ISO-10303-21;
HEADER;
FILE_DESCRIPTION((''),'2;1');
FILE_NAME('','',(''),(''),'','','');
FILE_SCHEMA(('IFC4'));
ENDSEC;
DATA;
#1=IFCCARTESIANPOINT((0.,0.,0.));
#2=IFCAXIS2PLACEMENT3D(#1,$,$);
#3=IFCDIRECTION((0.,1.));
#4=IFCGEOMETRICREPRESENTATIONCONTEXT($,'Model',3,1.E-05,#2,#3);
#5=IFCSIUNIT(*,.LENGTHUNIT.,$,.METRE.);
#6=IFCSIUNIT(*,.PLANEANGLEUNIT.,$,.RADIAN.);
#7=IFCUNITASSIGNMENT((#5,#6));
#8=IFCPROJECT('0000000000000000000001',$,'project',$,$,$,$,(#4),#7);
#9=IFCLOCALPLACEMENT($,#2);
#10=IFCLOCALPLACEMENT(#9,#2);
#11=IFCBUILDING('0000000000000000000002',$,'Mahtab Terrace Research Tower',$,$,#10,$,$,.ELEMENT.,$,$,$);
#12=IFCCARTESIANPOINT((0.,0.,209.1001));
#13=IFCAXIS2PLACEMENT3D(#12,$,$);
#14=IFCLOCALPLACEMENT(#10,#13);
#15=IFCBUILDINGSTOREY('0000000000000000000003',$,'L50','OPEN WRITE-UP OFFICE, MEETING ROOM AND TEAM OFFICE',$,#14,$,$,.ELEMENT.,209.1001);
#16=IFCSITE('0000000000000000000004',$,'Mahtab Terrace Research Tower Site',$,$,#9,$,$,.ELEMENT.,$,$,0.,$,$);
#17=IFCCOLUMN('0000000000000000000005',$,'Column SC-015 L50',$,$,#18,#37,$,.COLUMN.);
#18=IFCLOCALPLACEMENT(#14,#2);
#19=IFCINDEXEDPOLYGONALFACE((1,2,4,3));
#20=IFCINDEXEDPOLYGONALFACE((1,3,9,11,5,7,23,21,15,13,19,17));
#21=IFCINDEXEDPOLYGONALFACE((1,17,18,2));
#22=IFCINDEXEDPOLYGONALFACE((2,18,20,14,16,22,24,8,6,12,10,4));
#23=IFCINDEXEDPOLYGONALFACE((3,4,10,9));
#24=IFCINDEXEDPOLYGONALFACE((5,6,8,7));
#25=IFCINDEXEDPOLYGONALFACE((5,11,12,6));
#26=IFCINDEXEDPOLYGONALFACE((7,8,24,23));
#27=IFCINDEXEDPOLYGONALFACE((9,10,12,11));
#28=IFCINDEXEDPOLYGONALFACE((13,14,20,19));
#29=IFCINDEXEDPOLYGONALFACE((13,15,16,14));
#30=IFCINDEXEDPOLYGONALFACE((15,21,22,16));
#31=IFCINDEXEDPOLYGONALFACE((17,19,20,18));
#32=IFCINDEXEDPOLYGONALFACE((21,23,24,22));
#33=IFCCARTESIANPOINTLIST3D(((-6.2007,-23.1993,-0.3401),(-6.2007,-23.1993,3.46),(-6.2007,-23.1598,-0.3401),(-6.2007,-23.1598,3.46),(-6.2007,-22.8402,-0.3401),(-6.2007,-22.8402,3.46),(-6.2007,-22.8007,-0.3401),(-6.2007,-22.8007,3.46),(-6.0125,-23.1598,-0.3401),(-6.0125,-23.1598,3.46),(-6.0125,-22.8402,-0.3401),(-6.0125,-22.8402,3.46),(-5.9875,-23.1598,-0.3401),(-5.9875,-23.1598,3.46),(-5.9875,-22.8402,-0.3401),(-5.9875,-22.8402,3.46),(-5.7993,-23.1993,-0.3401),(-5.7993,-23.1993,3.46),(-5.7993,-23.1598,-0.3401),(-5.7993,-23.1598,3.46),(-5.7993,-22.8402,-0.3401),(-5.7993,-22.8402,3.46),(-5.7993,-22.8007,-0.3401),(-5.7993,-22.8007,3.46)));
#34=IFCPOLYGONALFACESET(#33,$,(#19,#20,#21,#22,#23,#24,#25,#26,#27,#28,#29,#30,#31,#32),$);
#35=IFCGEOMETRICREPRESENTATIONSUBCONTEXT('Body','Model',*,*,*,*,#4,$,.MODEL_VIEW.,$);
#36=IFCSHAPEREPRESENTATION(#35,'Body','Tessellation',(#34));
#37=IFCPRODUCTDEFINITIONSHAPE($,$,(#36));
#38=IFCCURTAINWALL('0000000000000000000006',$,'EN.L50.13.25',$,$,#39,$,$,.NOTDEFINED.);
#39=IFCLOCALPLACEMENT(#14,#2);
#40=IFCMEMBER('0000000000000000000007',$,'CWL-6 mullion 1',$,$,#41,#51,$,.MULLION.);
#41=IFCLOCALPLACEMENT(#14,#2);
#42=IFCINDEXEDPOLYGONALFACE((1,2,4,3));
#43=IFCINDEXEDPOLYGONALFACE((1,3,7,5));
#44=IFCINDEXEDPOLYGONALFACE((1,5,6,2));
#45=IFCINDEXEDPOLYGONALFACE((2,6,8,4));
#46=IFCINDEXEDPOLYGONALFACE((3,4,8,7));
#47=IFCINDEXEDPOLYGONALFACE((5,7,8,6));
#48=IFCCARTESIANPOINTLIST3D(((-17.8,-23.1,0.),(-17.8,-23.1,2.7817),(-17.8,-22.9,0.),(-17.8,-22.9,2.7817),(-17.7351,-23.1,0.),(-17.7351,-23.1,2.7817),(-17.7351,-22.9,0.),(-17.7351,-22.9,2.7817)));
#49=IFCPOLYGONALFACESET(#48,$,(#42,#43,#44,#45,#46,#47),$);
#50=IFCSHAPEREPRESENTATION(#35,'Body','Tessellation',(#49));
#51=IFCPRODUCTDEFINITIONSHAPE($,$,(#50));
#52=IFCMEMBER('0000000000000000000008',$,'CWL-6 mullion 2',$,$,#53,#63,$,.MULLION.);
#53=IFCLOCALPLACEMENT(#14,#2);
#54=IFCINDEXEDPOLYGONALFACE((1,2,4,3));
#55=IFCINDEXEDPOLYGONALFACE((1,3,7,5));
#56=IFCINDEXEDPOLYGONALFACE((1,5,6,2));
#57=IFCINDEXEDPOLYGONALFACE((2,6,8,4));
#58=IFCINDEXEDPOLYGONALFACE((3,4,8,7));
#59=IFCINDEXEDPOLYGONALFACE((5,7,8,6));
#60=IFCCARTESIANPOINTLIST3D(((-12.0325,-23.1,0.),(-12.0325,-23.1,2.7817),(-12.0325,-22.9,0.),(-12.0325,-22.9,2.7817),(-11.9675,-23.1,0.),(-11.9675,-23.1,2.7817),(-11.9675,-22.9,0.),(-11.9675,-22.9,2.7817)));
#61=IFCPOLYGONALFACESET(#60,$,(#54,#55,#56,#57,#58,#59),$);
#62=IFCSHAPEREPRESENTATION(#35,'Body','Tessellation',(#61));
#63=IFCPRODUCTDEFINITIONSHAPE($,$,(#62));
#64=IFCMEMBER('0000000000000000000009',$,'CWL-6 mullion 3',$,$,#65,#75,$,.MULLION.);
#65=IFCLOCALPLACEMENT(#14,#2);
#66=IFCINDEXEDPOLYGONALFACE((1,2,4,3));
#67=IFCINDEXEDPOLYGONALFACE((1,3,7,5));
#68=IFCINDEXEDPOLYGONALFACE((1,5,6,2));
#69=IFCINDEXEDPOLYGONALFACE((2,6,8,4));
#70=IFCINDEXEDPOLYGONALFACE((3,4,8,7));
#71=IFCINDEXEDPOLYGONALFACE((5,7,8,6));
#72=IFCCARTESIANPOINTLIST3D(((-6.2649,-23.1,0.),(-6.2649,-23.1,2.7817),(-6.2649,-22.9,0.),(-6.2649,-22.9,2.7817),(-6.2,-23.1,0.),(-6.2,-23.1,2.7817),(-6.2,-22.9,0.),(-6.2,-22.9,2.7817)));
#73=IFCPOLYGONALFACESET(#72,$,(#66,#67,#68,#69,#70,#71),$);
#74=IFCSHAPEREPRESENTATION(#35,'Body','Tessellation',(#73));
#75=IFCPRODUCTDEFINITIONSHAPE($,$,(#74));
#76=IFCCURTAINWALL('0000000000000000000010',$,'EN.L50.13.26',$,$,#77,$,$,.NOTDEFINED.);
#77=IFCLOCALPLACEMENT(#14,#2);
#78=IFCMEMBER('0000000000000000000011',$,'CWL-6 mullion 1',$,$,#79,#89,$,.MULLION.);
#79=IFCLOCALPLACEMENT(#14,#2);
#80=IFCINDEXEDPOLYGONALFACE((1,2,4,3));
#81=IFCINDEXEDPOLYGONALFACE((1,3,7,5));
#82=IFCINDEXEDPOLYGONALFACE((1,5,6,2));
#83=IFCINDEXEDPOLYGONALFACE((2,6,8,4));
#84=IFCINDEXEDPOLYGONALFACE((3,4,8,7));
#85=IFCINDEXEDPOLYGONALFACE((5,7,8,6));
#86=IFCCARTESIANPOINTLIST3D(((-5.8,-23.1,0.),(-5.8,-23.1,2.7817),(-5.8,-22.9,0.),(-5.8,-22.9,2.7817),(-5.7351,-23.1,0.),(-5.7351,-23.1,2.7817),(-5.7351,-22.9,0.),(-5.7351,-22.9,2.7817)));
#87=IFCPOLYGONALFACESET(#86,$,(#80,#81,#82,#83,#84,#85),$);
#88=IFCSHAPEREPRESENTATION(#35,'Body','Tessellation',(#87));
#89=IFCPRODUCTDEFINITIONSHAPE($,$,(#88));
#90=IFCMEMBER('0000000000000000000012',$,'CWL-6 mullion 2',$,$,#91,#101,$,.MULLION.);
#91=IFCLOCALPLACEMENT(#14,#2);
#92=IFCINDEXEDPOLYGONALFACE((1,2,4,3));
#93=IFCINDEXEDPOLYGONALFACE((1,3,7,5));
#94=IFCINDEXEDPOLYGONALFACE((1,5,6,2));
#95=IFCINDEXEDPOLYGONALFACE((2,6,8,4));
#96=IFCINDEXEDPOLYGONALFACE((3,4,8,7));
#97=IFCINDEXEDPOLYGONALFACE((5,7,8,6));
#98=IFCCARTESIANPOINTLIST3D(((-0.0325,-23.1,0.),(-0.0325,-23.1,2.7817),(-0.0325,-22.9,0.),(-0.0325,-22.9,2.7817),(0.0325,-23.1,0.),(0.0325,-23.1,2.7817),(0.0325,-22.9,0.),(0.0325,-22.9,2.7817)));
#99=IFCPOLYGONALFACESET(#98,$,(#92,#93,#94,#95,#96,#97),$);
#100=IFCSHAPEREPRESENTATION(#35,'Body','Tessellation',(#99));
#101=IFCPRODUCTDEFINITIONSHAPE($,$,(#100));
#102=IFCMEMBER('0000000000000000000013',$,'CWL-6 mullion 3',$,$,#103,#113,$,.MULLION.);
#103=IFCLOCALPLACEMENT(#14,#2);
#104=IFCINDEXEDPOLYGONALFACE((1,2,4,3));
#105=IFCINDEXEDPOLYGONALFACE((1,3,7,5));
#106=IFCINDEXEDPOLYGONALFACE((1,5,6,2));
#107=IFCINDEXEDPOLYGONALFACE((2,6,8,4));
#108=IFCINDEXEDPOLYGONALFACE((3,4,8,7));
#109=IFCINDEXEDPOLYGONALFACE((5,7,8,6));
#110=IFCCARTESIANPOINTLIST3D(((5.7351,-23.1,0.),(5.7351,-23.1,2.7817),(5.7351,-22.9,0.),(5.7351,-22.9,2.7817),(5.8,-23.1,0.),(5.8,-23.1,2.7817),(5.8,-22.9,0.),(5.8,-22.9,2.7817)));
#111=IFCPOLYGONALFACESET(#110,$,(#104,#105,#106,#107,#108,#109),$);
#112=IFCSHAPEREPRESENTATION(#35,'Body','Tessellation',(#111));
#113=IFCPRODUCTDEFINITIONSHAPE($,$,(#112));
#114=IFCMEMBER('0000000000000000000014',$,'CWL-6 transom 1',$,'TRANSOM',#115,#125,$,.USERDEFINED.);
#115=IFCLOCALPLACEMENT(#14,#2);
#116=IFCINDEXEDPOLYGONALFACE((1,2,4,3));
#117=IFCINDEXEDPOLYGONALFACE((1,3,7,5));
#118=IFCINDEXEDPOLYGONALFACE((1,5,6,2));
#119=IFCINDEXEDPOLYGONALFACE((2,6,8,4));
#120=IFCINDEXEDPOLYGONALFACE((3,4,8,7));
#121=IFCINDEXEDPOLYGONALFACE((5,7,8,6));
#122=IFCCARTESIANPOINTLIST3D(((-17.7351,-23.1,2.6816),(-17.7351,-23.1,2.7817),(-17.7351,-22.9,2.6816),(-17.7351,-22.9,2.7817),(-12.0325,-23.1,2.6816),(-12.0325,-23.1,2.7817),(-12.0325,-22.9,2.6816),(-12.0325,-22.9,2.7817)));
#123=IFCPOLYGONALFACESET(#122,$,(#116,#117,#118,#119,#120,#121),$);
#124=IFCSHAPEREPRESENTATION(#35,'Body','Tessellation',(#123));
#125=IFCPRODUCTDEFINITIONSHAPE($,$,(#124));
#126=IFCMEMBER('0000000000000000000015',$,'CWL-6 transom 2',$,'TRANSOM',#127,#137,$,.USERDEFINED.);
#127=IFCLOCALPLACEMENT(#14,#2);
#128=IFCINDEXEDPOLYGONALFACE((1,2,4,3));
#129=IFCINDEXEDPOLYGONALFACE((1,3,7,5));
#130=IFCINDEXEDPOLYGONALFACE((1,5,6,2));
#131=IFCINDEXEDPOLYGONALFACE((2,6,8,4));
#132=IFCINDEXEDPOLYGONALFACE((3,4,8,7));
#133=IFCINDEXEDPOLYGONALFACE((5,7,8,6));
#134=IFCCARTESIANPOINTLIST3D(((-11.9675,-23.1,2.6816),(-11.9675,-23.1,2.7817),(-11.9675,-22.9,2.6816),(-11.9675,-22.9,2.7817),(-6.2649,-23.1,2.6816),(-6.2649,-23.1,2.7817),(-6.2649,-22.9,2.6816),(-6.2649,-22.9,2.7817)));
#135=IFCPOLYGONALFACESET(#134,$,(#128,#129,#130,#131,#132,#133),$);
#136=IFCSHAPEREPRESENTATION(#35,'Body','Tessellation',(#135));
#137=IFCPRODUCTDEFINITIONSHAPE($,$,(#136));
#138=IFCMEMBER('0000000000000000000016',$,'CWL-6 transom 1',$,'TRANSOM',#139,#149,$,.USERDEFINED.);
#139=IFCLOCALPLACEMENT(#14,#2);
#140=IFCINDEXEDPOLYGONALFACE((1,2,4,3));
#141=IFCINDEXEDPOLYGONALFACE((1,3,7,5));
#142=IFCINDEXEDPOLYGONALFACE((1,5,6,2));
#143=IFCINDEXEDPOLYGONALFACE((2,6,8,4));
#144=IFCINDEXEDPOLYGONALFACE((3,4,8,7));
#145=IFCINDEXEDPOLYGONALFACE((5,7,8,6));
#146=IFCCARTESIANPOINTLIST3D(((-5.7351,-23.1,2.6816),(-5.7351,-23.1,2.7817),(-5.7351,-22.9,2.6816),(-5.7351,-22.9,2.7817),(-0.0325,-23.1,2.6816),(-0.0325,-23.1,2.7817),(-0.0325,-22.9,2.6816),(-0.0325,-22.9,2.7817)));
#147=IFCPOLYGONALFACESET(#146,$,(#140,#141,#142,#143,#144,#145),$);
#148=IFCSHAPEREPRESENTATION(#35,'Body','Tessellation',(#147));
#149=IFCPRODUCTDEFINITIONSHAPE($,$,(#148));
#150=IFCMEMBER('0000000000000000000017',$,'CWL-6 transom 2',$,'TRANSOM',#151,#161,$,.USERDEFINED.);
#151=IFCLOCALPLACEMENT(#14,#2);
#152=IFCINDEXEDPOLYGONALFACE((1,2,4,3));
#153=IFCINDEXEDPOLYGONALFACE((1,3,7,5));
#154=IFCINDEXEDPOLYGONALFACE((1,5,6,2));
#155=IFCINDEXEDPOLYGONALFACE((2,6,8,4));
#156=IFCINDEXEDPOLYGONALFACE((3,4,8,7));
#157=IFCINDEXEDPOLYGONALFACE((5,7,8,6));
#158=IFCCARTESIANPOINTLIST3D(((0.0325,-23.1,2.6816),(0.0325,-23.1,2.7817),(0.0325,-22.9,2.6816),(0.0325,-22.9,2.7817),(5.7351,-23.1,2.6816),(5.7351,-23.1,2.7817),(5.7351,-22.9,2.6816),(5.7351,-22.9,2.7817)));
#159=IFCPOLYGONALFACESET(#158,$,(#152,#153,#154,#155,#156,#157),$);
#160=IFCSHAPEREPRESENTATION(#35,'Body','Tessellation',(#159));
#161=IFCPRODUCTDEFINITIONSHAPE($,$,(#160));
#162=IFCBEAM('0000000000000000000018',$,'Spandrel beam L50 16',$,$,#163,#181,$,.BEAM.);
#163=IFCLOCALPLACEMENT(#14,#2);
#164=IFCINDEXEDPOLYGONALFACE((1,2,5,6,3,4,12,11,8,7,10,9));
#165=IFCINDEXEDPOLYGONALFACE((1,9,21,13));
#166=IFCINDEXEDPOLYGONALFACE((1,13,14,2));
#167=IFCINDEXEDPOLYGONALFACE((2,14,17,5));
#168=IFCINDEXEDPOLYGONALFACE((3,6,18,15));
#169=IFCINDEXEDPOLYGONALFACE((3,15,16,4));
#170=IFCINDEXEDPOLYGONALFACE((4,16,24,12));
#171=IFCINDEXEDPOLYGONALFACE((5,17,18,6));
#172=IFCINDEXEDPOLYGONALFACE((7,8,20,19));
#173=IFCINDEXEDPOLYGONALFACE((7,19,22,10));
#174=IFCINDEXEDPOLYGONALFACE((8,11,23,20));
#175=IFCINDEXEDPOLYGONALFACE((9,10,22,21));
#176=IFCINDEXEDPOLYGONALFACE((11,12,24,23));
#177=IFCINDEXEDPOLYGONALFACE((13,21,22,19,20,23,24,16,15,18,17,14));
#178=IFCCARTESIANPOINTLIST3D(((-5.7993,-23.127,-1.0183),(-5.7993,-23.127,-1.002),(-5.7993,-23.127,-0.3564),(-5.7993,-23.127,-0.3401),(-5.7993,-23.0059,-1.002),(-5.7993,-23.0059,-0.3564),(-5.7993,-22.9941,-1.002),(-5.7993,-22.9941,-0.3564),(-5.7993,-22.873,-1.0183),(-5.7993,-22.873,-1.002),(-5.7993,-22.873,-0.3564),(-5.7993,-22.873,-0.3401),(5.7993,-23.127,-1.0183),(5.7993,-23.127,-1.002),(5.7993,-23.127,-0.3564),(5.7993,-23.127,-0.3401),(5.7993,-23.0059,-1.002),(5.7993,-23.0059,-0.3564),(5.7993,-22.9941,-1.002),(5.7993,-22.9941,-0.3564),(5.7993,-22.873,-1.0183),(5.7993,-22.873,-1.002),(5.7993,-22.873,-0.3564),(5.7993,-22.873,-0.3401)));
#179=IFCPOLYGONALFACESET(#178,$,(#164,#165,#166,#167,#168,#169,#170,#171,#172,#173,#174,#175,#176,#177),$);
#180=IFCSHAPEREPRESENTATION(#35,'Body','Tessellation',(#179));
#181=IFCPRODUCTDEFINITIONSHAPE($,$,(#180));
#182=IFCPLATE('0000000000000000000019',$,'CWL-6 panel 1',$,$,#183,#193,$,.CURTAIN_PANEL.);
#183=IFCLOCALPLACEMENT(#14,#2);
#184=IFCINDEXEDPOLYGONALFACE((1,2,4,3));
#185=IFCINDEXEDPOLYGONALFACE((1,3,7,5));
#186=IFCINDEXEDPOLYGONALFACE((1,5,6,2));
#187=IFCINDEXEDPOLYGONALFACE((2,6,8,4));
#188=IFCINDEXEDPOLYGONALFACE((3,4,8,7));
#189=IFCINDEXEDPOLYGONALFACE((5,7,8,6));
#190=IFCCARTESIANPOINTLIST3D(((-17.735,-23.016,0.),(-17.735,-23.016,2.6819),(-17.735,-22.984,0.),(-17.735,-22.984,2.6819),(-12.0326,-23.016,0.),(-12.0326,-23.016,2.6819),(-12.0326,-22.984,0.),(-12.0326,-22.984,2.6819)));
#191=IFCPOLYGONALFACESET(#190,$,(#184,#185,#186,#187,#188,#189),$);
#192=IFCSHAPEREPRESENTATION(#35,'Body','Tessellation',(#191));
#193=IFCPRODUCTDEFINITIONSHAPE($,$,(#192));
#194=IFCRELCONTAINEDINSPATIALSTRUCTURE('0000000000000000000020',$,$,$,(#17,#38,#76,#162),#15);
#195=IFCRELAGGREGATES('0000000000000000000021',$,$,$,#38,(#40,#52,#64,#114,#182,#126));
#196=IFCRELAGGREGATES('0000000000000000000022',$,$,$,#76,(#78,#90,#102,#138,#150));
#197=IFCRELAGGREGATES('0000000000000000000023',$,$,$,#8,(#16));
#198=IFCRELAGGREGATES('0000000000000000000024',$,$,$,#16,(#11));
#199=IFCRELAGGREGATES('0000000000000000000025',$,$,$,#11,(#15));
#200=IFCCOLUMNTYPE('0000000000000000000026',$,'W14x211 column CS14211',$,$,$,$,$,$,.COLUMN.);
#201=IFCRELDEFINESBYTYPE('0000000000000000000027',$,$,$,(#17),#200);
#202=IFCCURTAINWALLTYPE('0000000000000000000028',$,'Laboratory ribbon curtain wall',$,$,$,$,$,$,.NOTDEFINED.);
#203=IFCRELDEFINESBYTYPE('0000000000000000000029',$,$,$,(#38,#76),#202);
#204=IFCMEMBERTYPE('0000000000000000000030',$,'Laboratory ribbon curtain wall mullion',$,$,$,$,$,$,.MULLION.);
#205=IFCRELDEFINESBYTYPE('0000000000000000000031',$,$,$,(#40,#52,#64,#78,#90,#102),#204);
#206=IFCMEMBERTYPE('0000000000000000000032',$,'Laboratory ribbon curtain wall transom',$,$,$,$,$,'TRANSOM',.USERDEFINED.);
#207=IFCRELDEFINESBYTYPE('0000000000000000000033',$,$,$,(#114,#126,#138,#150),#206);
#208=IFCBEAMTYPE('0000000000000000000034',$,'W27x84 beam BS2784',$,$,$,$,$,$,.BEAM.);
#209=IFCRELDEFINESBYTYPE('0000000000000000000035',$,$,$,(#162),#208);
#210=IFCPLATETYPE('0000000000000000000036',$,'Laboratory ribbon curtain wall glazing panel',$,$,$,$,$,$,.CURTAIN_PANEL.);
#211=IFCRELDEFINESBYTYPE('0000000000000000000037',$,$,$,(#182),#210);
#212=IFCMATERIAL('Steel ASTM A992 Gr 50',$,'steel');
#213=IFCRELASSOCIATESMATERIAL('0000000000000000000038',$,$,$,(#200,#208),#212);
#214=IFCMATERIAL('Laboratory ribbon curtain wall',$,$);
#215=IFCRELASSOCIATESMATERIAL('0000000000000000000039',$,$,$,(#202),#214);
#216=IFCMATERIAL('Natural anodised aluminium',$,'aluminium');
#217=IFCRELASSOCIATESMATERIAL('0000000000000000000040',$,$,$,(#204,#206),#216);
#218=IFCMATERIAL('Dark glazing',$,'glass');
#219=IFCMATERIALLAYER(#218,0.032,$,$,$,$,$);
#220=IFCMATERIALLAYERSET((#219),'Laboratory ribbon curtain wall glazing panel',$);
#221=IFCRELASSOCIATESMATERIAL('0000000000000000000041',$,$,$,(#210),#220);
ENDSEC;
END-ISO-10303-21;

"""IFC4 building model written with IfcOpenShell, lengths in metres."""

from ifc_helpers import new_model, si_unit, direction, frame, origin, origin_2d, place, context, subcontext, project, spatial, rectangle, i_section, extrude, material, layer, layer_set, material_profile, profile_set, type_object, element, aggregate, save


model = new_model("IFC4")

# Units and contexts
model_context = context("Model", 3, precision=1e-05, world=origin(), true_north=direction((0.0, 1.0)))
body_context = subcontext(model_context, "Body", "Model", "MODEL_VIEW")
ifc_project = project(units=[si_unit("LENGTHUNIT", "METRE"), si_unit("PLANEANGLEUNIT", "RADIAN")], contexts=[model_context])

# Site, building, storey
site_placement = place(None, origin())
site = spatial("IfcSite", under=ifc_project, at=site_placement, Name="Mahtab Terrace Research Tower Site", CompositionType="ELEMENT", RefElevation=0.0)
building_placement = place(site_placement, origin())
building = spatial("IfcBuilding", under=site, at=building_placement, Name="Mahtab Terrace Research Tower", CompositionType="ELEMENT")
storey_placement = place(building_placement, frame((0.0, 0.0, 209.1001)))
storey = spatial("IfcBuildingStorey", under=building, at=storey_placement, Name="L50", Description="OPEN WRITE-UP OFFICE, MEETING ROOM AND TEAM OFFICE", CompositionType="ELEMENT", Elevation=209.1001)

# Column
ifc_material_1 = material(Name="Steel ASTM A992 Gr 50", Category="steel")
ifc_material_profile_1 = material_profile(ifc_material_1, i_section(OverallWidth=0.4014, OverallDepth=0.3987, WebThickness=0.0249, FlangeThickness=0.0396, at=origin_2d()), Name="W14X211")
ifc_profile_set_1 = profile_set([ifc_material_profile_1], Name="Steel ASTM A992 Gr 50")
column_type = type_object("IfcColumnType", Name="W14x211 column CS14211", PredefinedType="COLUMN", material=ifc_profile_set_1)
column_placement = place(storey_placement, frame((-6.0, -23.0, -0.3401), z_axis=(0.0, 0.0, 1.0), x_axis=(1.0, 0.0, 0.0)))
element("IfcColumn", 1, at=column_placement, inside=storey, type_object=column_type, Name="Column SC-015 L50", PredefinedType="COLUMN", context=body_context, shape_type="SweptSolid", body=[
    extrude(i_section(OverallWidth=0.4014, OverallDepth=0.3987, WebThickness=0.0249, FlangeThickness=0.0396, at=origin_2d()), origin(), (0.0, 0.0, 1.0), 3.8),
])

# Curtain walls, members
ifc_material_2 = material(Name="Laboratory ribbon curtain wall")
curtain_wall_type = type_object("IfcCurtainWallType", Name="Laboratory ribbon curtain wall", PredefinedType="NOTDEFINED", material=ifc_material_2)
curtain_wall_1_placement = place(storey_placement, origin())
curtain_wall_1 = element("IfcCurtainWall", 2, at=curtain_wall_1_placement, inside=storey, type_object=curtain_wall_type, Name="EN.L50.13.25", PredefinedType="NOTDEFINED")
ifc_material_3 = material(Name="Natural anodised aluminium", Category="aluminium")
ifc_material_profile_2 = material_profile(ifc_material_3, rectangle(XDim=0.2, YDim=0.0649, at=origin_2d()), Name="MULLION 65x200")
ifc_profile_set_2 = profile_set([ifc_material_profile_2], Name="Natural anodised aluminium")
member_type_1 = type_object("IfcMemberType", Name="Laboratory ribbon curtain wall mullion", PredefinedType="MULLION", material=ifc_profile_set_2)
member_1_placement = place(storey_placement, frame((-17.7676, -23.0, 0.0), z_axis=(0.0, 0.0, 1.0), x_axis=(0.0, 1.0, 0.0)))
member_1 = element("IfcMember", 3, at=member_1_placement, type_object=member_type_1, Name="CWL-6 mullion 1", PredefinedType="MULLION", context=body_context, shape_type="SweptSolid", body=[
    extrude(rectangle(XDim=0.2, YDim=0.0649, at=origin_2d()), origin(), (0.0, 0.0, 1.0), 2.7817),
])
member_2_placement = place(storey_placement, frame((-12.0, -23.0, 0.0), z_axis=(0.0, 0.0, 1.0), x_axis=(0.0, 1.0, 0.0)))
member_2 = element("IfcMember", 4, at=member_2_placement, type_object=member_type_1, Name="CWL-6 mullion 2", PredefinedType="MULLION", context=body_context, shape_type="SweptSolid", body=[
    extrude(rectangle(XDim=0.2, YDim=0.0649, at=origin_2d()), origin(), (0.0, 0.0, 1.0), 2.7817),
])
member_3_placement = place(storey_placement, frame((-6.2324, -23.0, 0.0), z_axis=(0.0, 0.0, 1.0), x_axis=(0.0, 1.0, 0.0)))
member_3 = element("IfcMember", 5, at=member_3_placement, type_object=member_type_1, Name="CWL-6 mullion 3", PredefinedType="MULLION", context=body_context, shape_type="SweptSolid", body=[
    extrude(rectangle(XDim=0.2, YDim=0.0649, at=origin_2d()), origin(), (0.0, 0.0, 1.0), 2.7817),
])
curtain_wall_2_placement = place(storey_placement, origin())
curtain_wall_2 = element("IfcCurtainWall", 6, at=curtain_wall_2_placement, inside=storey, type_object=curtain_wall_type, Name="EN.L50.13.26", PredefinedType="NOTDEFINED")
member_4_placement = place(storey_placement, frame((-5.7676, -23.0, 0.0), z_axis=(0.0, 0.0, 1.0), x_axis=(0.0, 1.0, 0.0)))
member_4 = element("IfcMember", 7, at=member_4_placement, type_object=member_type_1, Name="CWL-6 mullion 1", PredefinedType="MULLION", context=body_context, shape_type="SweptSolid", body=[
    extrude(rectangle(XDim=0.2, YDim=0.0649, at=origin_2d()), origin(), (0.0, 0.0, 1.0), 2.7817),
])
member_5_placement = place(storey_placement, frame((0.0, -23.0, 0.0), z_axis=(0.0, 0.0, 1.0), x_axis=(0.0, 1.0, 0.0)))
member_5 = element("IfcMember", 8, at=member_5_placement, type_object=member_type_1, Name="CWL-6 mullion 2", PredefinedType="MULLION", context=body_context, shape_type="SweptSolid", body=[
    extrude(rectangle(XDim=0.2, YDim=0.0649, at=origin_2d()), origin(), (0.0, 0.0, 1.0), 2.7817),
])
member_6_placement = place(storey_placement, frame((5.7676, -23.0, 0.0), z_axis=(0.0, 0.0, 1.0), x_axis=(0.0, 1.0, 0.0)))
member_6 = element("IfcMember", 9, at=member_6_placement, type_object=member_type_1, Name="CWL-6 mullion 3", PredefinedType="MULLION", context=body_context, shape_type="SweptSolid", body=[
    extrude(rectangle(XDim=0.2, YDim=0.0649, at=origin_2d()), origin(), (0.0, 0.0, 1.0), 2.7817),
])

# Members
ifc_material_profile_3 = material_profile(ifc_material_3, rectangle(XDim=0.2, YDim=0.1001, at=origin_2d()), Name="TRANSOM 100x200")
ifc_profile_set_3 = profile_set([ifc_material_profile_3], Name="Natural anodised aluminium")
member_type_2 = type_object("IfcMemberType", Name="Laboratory ribbon curtain wall transom", ElementType="TRANSOM", PredefinedType="USERDEFINED", material=ifc_profile_set_3)
member_7_placement = place(storey_placement, frame((-17.7351, -23.0, 2.7317), z_axis=(1.0, 0.0, 0.0), x_axis=(0.0, 1.0, 0.0)))
member_7 = element("IfcMember", 10, at=member_7_placement, type_object=member_type_2, Name="CWL-6 transom 1", ObjectType="TRANSOM", PredefinedType="USERDEFINED", context=body_context, shape_type="SweptSolid", body=[
    extrude(rectangle(XDim=0.2, YDim=0.1001, at=origin_2d()), origin(), (0.0, 0.0, 1.0), 5.7026),
])
member_8_placement = place(storey_placement, frame((-11.9675, -23.0, 2.7317), z_axis=(1.0, 0.0, 0.0), x_axis=(0.0, 1.0, 0.0)))
member_8 = element("IfcMember", 11, at=member_8_placement, type_object=member_type_2, Name="CWL-6 transom 2", ObjectType="TRANSOM", PredefinedType="USERDEFINED", context=body_context, shape_type="SweptSolid", body=[
    extrude(rectangle(XDim=0.2, YDim=0.1001, at=origin_2d()), origin(), (0.0, 0.0, 1.0), 5.7026),
])
member_9_placement = place(storey_placement, frame((-5.7351, -23.0, 2.7317), z_axis=(1.0, 0.0, 0.0), x_axis=(0.0, 1.0, 0.0)))
member_9 = element("IfcMember", 12, at=member_9_placement, type_object=member_type_2, Name="CWL-6 transom 1", ObjectType="TRANSOM", PredefinedType="USERDEFINED", context=body_context, shape_type="SweptSolid", body=[
    extrude(rectangle(XDim=0.2, YDim=0.1001, at=origin_2d()), origin(), (0.0, 0.0, 1.0), 5.7026),
])
member_10_placement = place(storey_placement, frame((0.0325, -23.0, 2.7317), z_axis=(1.0, 0.0, 0.0), x_axis=(0.0, 1.0, 0.0)))
member_10 = element("IfcMember", 13, at=member_10_placement, type_object=member_type_2, Name="CWL-6 transom 2", ObjectType="TRANSOM", PredefinedType="USERDEFINED", context=body_context, shape_type="SweptSolid", body=[
    extrude(rectangle(XDim=0.2, YDim=0.1001, at=origin_2d()), origin(), (0.0, 0.0, 1.0), 5.7026),
])

# Beam
ifc_material_profile_4 = material_profile(ifc_material_1, i_section(OverallWidth=0.2539, OverallDepth=0.6782, WebThickness=0.0117, FlangeThickness=0.0164, at=origin_2d()), Name="W27X84")
ifc_profile_set_4 = profile_set([ifc_material_profile_4], Name="Steel ASTM A992 Gr 50")
beam_type = type_object("IfcBeamType", Name="W27x84 beam BS2784", PredefinedType="BEAM", material=ifc_profile_set_4)
beam_placement = place(storey_placement, frame((-5.7993, -23.0, -0.6792), z_axis=(1.0, 0.0, 0.0), x_axis=(0.0, 1.0, 0.0)))
element("IfcBeam", 14, at=beam_placement, inside=storey, type_object=beam_type, Name="Spandrel beam L50 16", PredefinedType="BEAM", context=body_context, shape_type="SweptSolid", body=[
    extrude(i_section(OverallWidth=0.2539, OverallDepth=0.6782, WebThickness=0.0117, FlangeThickness=0.0164, at=origin_2d()), origin(), (0.0, 0.0, 1.0), 11.5986),
])

# Plate
ifc_material_4 = material(Name="Dark glazing", Category="glass")
ifc_layer_1 = layer(ifc_material_4, 0.032)
ifc_layer_set_1 = layer_set([ifc_layer_1], Name="Laboratory ribbon curtain wall glazing panel")
plate_type = type_object("IfcPlateType", Name="Laboratory ribbon curtain wall glazing panel", PredefinedType="CURTAIN_PANEL", material=ifc_layer_set_1)
plate_1_placement = place(storey_placement, frame((-14.8838, -23.0, 0.0), z_axis=(0.0, 0.0, 1.0), x_axis=(1.0, 0.0, 0.0)))
plate_1 = element("IfcPlate", 15, at=plate_1_placement, type_object=plate_type, Name="CWL-6 panel 1", PredefinedType="CURTAIN_PANEL", context=body_context, shape_type="SweptSolid", body=[
    extrude(rectangle(XDim=5.7024, YDim=0.032, at=origin_2d()), origin(), (0.0, 0.0, 1.0), 2.6819),
])
aggregate(curtain_wall_1, [member_1, member_2, member_3, member_7, plate_1, member_8])
aggregate(curtain_wall_2, [member_4, member_5, member_6, member_9, member_10])

save(model, "model.ifc")
